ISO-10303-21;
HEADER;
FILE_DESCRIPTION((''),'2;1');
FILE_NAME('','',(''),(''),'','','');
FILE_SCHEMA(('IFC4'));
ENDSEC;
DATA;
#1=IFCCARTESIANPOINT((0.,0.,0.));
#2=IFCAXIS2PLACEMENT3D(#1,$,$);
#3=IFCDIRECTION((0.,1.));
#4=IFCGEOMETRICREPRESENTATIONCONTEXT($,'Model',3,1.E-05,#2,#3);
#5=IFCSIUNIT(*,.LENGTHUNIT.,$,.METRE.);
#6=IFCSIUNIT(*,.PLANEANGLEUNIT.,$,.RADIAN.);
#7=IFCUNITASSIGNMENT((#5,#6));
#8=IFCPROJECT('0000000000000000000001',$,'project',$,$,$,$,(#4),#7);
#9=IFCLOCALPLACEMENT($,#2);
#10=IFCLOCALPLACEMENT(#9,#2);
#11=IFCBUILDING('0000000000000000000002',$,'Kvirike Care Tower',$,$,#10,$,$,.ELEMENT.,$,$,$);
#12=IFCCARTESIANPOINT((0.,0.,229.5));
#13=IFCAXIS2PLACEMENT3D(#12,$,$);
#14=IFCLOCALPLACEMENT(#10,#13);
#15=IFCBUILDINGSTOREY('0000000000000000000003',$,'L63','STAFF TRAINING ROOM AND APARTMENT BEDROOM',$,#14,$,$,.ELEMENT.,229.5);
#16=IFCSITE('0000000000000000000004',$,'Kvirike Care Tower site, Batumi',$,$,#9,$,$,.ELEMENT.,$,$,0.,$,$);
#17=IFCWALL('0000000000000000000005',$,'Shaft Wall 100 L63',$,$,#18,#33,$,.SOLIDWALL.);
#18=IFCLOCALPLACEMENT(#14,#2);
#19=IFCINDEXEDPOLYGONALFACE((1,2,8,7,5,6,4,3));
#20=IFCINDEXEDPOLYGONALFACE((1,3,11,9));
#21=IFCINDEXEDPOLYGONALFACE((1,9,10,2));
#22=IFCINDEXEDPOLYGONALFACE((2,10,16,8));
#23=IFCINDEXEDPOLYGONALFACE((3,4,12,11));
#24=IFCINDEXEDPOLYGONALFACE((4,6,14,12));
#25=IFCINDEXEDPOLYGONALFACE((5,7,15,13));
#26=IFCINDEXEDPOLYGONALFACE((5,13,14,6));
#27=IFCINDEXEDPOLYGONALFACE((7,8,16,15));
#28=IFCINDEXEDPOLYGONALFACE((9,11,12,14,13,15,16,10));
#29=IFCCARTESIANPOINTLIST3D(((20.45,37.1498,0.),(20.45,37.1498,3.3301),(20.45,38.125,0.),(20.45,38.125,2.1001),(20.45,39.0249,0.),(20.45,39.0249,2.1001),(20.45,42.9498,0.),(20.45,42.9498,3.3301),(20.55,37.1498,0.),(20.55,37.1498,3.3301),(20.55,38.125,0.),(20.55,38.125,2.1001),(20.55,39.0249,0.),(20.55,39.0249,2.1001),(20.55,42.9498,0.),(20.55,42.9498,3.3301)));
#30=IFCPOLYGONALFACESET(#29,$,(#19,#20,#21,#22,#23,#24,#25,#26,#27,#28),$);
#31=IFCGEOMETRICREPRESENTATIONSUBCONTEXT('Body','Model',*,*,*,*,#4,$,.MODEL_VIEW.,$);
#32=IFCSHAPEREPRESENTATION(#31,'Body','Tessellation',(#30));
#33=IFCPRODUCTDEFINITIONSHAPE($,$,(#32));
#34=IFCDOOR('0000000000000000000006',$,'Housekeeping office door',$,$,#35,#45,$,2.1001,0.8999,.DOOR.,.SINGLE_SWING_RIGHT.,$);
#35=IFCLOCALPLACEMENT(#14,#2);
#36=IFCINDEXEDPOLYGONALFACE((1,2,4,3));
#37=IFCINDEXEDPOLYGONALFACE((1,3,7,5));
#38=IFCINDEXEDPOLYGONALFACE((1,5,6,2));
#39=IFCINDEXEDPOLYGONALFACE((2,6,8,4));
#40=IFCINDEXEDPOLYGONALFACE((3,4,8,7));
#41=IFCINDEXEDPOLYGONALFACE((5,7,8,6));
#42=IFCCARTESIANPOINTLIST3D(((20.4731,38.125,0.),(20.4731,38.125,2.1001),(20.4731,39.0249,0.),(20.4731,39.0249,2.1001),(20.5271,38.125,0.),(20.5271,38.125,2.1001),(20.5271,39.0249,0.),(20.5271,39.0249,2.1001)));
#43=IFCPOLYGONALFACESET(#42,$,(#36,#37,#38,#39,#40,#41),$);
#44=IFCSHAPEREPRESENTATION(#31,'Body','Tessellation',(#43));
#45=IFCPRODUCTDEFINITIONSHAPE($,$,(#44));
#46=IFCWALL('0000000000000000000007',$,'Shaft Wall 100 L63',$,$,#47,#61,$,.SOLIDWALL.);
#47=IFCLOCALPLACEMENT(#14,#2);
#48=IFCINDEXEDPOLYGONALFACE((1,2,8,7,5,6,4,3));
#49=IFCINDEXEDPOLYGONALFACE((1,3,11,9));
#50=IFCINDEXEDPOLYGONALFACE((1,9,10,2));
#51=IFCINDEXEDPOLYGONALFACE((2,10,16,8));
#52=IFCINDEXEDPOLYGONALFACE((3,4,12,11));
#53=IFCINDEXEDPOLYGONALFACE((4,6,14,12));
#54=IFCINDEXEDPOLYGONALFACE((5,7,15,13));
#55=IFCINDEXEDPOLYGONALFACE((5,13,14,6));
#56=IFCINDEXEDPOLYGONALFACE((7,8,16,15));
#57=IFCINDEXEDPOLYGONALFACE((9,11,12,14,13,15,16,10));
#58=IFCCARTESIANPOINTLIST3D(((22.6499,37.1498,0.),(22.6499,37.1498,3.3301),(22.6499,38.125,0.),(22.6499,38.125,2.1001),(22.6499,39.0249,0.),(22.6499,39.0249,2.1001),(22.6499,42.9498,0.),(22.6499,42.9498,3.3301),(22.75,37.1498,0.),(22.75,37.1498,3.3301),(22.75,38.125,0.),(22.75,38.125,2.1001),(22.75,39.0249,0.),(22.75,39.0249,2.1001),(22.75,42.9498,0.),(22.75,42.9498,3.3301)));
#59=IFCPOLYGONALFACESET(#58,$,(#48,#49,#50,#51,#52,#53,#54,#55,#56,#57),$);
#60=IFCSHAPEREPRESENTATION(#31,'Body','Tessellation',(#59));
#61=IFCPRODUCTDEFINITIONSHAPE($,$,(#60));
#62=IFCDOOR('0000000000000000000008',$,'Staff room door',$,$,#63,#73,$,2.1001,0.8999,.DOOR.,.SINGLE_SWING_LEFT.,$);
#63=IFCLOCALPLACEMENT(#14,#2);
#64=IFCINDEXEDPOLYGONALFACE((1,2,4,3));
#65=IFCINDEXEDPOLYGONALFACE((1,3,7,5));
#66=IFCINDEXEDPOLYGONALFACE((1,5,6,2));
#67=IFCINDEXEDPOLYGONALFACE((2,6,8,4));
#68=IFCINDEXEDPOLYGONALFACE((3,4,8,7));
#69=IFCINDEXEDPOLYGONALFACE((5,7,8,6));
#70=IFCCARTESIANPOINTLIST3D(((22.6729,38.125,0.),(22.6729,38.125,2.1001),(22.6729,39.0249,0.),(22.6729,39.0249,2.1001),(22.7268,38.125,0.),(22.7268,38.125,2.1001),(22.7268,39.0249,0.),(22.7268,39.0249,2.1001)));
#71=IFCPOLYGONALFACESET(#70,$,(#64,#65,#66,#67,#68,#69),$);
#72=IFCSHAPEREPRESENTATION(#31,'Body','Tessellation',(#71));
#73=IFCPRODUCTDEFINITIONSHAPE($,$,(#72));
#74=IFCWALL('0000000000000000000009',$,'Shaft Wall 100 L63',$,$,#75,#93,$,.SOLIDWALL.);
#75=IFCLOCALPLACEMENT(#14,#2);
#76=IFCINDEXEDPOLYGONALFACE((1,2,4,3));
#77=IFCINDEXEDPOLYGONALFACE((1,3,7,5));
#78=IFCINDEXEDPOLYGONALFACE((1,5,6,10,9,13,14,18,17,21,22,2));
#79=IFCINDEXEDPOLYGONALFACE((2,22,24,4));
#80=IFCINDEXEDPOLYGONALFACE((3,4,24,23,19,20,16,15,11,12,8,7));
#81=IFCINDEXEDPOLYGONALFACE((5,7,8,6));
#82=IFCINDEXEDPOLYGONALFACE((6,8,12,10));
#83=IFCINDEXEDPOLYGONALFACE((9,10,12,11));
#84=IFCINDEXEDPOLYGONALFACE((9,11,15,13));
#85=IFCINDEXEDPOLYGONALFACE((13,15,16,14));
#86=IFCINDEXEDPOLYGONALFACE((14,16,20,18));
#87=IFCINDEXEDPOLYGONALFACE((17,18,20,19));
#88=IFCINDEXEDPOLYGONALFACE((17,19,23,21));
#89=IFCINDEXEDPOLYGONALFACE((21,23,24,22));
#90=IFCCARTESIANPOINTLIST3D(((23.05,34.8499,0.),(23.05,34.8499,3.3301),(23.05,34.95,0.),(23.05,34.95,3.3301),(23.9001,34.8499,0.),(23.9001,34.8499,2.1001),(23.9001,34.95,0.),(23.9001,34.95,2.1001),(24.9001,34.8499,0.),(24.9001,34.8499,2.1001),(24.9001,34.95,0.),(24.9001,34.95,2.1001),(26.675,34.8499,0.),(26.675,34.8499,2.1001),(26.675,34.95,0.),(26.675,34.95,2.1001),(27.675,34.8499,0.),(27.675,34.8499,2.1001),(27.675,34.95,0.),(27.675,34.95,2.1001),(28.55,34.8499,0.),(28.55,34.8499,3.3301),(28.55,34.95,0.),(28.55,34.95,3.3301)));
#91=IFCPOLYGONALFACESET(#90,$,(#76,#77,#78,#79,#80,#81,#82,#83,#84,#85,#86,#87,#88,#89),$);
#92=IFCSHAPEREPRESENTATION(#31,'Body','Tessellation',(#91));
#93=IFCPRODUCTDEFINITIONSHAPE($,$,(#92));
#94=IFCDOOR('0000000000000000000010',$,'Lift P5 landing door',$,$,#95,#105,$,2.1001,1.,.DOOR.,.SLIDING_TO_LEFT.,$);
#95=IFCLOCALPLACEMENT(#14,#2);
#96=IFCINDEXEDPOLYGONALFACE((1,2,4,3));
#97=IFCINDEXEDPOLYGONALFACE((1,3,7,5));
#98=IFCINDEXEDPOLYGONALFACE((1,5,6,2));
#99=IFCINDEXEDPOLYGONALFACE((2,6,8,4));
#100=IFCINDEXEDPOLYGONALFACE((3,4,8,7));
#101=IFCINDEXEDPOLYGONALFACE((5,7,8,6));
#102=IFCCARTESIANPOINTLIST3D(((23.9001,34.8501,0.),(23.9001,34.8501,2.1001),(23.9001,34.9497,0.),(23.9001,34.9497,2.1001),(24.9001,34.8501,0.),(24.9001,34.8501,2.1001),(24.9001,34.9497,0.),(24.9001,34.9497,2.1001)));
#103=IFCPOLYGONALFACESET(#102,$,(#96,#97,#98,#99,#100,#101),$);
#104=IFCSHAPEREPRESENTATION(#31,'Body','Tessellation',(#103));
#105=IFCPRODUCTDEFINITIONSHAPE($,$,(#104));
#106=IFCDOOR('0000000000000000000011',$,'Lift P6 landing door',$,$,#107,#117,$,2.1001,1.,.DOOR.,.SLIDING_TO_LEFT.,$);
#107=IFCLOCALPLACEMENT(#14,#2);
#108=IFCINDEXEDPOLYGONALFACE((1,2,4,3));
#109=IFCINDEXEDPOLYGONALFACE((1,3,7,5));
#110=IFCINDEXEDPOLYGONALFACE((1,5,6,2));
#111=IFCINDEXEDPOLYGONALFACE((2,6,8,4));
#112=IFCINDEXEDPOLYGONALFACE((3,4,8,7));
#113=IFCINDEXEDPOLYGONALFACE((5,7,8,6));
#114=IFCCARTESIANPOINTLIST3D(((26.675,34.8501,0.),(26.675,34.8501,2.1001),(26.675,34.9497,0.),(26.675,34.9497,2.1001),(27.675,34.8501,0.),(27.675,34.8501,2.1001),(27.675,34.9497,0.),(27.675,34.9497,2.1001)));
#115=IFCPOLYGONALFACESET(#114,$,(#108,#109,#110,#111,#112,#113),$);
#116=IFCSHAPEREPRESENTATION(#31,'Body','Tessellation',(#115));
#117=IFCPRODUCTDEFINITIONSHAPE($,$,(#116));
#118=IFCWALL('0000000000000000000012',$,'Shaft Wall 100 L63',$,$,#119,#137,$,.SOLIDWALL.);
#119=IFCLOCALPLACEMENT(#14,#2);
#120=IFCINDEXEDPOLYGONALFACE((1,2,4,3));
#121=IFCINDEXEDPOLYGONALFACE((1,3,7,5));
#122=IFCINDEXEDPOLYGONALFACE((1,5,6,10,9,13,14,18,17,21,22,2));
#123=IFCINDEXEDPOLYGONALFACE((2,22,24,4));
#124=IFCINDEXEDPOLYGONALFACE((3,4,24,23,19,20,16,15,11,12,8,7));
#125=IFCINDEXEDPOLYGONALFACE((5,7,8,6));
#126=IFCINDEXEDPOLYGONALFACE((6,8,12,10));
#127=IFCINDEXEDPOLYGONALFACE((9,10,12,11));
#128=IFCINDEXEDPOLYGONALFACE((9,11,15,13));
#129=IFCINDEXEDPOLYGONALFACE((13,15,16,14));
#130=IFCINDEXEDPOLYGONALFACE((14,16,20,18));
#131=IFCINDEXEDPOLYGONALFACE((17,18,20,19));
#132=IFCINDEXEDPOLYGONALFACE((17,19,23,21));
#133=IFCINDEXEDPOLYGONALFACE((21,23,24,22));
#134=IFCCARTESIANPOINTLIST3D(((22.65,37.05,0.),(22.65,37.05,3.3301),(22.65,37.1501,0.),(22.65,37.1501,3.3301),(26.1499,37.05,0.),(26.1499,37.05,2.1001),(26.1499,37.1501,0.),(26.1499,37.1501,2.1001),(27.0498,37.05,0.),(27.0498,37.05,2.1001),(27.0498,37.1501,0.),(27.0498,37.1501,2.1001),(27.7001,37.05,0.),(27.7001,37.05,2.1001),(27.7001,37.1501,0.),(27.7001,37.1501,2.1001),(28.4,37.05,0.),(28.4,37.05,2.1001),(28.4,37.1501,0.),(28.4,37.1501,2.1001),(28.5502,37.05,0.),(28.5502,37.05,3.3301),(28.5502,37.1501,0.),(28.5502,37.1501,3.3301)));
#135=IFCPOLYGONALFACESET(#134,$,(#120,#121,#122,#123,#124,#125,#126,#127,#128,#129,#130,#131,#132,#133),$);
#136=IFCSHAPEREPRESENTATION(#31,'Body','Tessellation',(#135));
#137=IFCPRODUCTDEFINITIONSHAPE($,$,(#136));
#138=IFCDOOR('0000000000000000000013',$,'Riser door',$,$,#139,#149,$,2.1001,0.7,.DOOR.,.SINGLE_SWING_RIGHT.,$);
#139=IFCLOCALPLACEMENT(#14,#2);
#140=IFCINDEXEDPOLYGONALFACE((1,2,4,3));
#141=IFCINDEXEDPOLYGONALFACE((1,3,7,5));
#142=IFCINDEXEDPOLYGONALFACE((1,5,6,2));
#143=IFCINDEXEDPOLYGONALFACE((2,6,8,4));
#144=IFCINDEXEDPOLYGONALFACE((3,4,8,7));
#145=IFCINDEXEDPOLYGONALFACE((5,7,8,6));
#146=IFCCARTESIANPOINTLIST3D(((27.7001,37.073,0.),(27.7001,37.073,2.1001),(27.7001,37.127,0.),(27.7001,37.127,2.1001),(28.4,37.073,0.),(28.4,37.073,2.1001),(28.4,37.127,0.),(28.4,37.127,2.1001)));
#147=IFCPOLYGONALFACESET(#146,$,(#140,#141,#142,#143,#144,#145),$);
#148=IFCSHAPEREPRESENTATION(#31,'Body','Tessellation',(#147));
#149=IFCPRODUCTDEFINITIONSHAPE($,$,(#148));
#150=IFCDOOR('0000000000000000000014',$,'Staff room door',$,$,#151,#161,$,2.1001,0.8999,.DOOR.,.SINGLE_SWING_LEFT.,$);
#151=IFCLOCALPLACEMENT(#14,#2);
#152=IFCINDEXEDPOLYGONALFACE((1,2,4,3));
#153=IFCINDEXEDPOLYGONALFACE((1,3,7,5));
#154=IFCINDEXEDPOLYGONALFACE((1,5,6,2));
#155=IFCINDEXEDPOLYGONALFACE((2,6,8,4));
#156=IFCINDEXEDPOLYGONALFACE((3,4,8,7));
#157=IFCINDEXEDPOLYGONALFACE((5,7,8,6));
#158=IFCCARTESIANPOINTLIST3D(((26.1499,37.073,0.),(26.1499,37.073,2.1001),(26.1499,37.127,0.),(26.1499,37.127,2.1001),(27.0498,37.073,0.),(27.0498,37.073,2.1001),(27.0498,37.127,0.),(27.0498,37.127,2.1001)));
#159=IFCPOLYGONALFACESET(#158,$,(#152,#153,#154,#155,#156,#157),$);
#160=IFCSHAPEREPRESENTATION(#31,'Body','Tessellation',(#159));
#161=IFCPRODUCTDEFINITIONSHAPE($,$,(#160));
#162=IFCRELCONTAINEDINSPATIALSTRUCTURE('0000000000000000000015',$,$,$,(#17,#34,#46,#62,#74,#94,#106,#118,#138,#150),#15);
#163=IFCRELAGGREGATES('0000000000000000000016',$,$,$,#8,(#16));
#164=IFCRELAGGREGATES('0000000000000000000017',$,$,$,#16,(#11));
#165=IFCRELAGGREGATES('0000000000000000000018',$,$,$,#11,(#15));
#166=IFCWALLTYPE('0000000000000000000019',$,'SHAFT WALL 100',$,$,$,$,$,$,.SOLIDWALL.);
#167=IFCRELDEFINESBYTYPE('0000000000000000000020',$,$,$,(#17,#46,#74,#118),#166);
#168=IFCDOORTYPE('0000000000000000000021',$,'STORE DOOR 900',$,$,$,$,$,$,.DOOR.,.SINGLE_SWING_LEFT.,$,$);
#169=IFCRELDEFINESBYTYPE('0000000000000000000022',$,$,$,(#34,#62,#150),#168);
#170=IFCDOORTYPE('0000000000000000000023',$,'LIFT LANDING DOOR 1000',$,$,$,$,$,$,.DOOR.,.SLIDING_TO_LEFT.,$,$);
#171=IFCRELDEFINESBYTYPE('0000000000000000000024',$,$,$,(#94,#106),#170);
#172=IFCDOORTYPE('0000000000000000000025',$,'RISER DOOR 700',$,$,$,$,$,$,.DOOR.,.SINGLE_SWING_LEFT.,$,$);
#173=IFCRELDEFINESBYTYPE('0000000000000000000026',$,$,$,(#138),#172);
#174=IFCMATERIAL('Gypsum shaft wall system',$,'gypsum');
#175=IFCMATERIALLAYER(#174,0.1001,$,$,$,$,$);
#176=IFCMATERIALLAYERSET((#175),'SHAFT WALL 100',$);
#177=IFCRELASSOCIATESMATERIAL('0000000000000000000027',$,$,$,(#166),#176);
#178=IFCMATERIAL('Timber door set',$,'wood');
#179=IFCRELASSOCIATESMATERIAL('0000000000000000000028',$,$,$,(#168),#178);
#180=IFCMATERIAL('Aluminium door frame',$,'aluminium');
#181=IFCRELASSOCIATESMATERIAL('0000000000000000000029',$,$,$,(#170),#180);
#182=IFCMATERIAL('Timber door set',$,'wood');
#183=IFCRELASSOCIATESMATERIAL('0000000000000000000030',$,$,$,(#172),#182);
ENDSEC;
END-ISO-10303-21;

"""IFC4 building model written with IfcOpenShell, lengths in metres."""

from ifc_helpers import new_model, si_unit, direction, frame, frame_2d, origin, place, context, subcontext, project, spatial, rectangle, extrude, material, layer, layer_set, type_object, element, fill, save


model = new_model("IFC4")

# Units and contexts
model_context = context("Model", 3, precision=1e-05, world=origin(), true_north=direction((0.0, 1.0)))
body_context = subcontext(model_context, "Body", "Model", "MODEL_VIEW")
ifc_project = project(units=[si_unit("LENGTHUNIT", "METRE"), si_unit("PLANEANGLEUNIT", "RADIAN")], contexts=[model_context])

# Site, building, storey
site_placement = place(None, origin())
site = spatial("IfcSite", under=ifc_project, at=site_placement, Name="Kvirike Care Tower site, Batumi", CompositionType="ELEMENT", RefElevation=0.0)
building_placement = place(site_placement, origin())
building = spatial("IfcBuilding", under=site, at=building_placement, Name="Kvirike Care Tower", CompositionType="ELEMENT")
storey_placement = place(building_placement, frame((0.0, 0.0, 229.5)))
storey = spatial("IfcBuildingStorey", under=building, at=storey_placement, Name="L63", Description="STAFF TRAINING ROOM AND APARTMENT BEDROOM", CompositionType="ELEMENT", Elevation=229.5)

# Shared definitions
ifc_material_1 = material(Name="Gypsum shaft wall system", Category="gypsum")
ifc_layer_1 = layer(ifc_material_1, 0.1001)
ifc_layer_set_1 = layer_set([ifc_layer_1], Name="SHAFT WALL 100")
wall_type = type_object("IfcWallType", Name="SHAFT WALL 100", PredefinedType="SOLIDWALL", material=ifc_layer_set_1)

# Walls, openings, doors
wall_1_placement = place(storey_placement, frame((20.5, 37.1499, 0.0), z_axis=(0.0, 0.0, 1.0), x_axis=(0.0, 1.0, 0.0)))
wall_1 = element("IfcWall", 1, at=wall_1_placement, inside=storey, type_object=wall_type, Name="Shaft Wall 100 L63", PredefinedType="SOLIDWALL", context=body_context, shape_type="SweptSolid", body=[
    extrude(rectangle(XDim=5.8, YDim=0.1001, at=frame_2d((2.8999, 0.0))), origin(), (0.0, 0.0, 1.0), 3.3301),
])
opening_1_placement = place(wall_1_placement, frame((0.9751, 0.0, 0.0)))
opening_1 = element("IfcOpeningElement", 2, at=opening_1_placement, cuts=wall_1, PredefinedType="OPENING", context=body_context, shape_type="SweptSolid", body=[
    extrude(rectangle(XDim=0.8999, YDim=2.1001, at=frame_2d((0.45, 1.05))), frame((0.0, 0.0605, 0.0), z_axis=(0.0, -1.0, 0.0), x_axis=(1.0, 0.0, 0.0)), (0.0, 0.0, 1.0), 0.1211),
])
ifc_material_2 = material(Name="Timber door set", Category="wood")
door_type_1 = type_object("IfcDoorType", Name="STORE DOOR 900", OperationType="SINGLE_SWING_LEFT", PredefinedType="DOOR", material=ifc_material_2)
door_1_placement = place(opening_1_placement, origin())
door_1 = element("IfcDoor", 3, at=door_1_placement, inside=storey, type_object=door_type_1, Name="Housekeeping office door", OperationType="SINGLE_SWING_RIGHT", OverallHeight=2.1001, OverallWidth=0.8999, PredefinedType="DOOR", context=body_context, shape_type="SweptSolid", body=[
    extrude(rectangle(XDim=0.8999, YDim=2.1001, at=frame_2d((0.45, 1.05))), frame((0.0, 0.0269, 0.0), z_axis=(0.0, -1.0, 0.0), x_axis=(1.0, 0.0, 0.0)), (0.0, 0.0, 1.0), 0.054),
])
fill(opening_1, door_1)
wall_2_placement = place(storey_placement, frame((22.7, 37.1499, 0.0), z_axis=(0.0, 0.0, 1.0), x_axis=(0.0, 1.0, 0.0)))
wall_2 = element("IfcWall", 4, at=wall_2_placement, inside=storey, type_object=wall_type, Name="Shaft Wall 100 L63", PredefinedType="SOLIDWALL", context=body_context, shape_type="SweptSolid", body=[
    extrude(rectangle(XDim=5.8, YDim=0.1001, at=frame_2d((2.8999, 0.0))), origin(), (0.0, 0.0, 1.0), 3.3301),
])
opening_2_placement = place(wall_2_placement, frame((0.9751, 0.0, 0.0)))
opening_2 = element("IfcOpeningElement", 5, at=opening_2_placement, cuts=wall_2, PredefinedType="OPENING", context=body_context, shape_type="SweptSolid", body=[
    extrude(rectangle(XDim=0.8999, YDim=2.1001, at=frame_2d((0.45, 1.05))), frame((0.0, 0.0605, 0.0), z_axis=(0.0, -1.0, 0.0), x_axis=(1.0, 0.0, 0.0)), (0.0, 0.0, 1.0), 0.1211),
])
door_2_placement = place(opening_2_placement, frame((0.8999, 0.0, 0.0), z_axis=(0.0, 0.0, 1.0), x_axis=(-1.0, 0.0, 0.0)))
door_2 = element("IfcDoor", 6, at=door_2_placement, inside=storey, type_object=door_type_1, Name="Staff room door", OperationType="SINGLE_SWING_LEFT", OverallHeight=2.1001, OverallWidth=0.8999, PredefinedType="DOOR", context=body_context, shape_type="SweptSolid", body=[
    extrude(rectangle(XDim=0.8999, YDim=2.1001, at=frame_2d((0.45, 1.05))), frame((0.0, 0.0269, 0.0), z_axis=(0.0, -1.0, 0.0), x_axis=(1.0, 0.0, 0.0)), (0.0, 0.0, 1.0), 0.054),
])
fill(opening_2, door_2)

# Walls, openings, doors
wall_3_placement = place(storey_placement, frame((23.05, 34.8999, 0.0), z_axis=(0.0, 0.0, 1.0), x_axis=(1.0, 0.0, 0.0)))
wall_3 = element("IfcWall", 7, at=wall_3_placement, inside=storey, type_object=wall_type, Name="Shaft Wall 100 L63", PredefinedType="SOLIDWALL", context=body_context, shape_type="SweptSolid", body=[
    extrude(rectangle(XDim=5.5, YDim=0.1001, at=frame_2d((2.75, 0.0))), origin(), (0.0, 0.0, 1.0), 3.3301),
])
opening_3_placement = place(wall_3_placement, frame((0.8501, 0.0, 0.0)))
opening_3 = element("IfcOpeningElement", 8, at=opening_3_placement, cuts=wall_3, PredefinedType="OPENING", context=body_context, shape_type="SweptSolid", body=[
    extrude(rectangle(XDim=1.0, YDim=2.1001, at=frame_2d((0.5, 1.05))), frame((0.0, 0.0605, 0.0), z_axis=(0.0, -1.0, 0.0), x_axis=(1.0, 0.0, 0.0)), (0.0, 0.0, 1.0), 0.1211),
])
opening_4_placement = place(wall_3_placement, frame((3.625, 0.0, 0.0)))
opening_4 = element("IfcOpeningElement", 9, at=opening_4_placement, cuts=wall_3, PredefinedType="OPENING", context=body_context, shape_type="SweptSolid", body=[
    extrude(rectangle(XDim=1.0, YDim=2.1001, at=frame_2d((0.5, 1.05))), frame((0.0, 0.0605, 0.0), z_axis=(0.0, -1.0, 0.0), x_axis=(1.0, 0.0, 0.0)), (0.0, 0.0, 1.0), 0.1211),
])
ifc_material_3 = material(Name="Aluminium door frame", Category="aluminium")
door_type_2 = type_object("IfcDoorType", Name="LIFT LANDING DOOR 1000", OperationType="SLIDING_TO_LEFT", PredefinedType="DOOR", material=ifc_material_3)
door_3_placement = place(opening_3_placement, origin())
door_3 = element("IfcDoor", 10, at=door_3_placement, inside=storey, type_object=door_type_2, Name="Lift P5 landing door", OperationType="SLIDING_TO_LEFT", OverallHeight=2.1001, OverallWidth=1.0, PredefinedType="DOOR", context=body_context, shape_type="SweptSolid", body=[
    extrude(rectangle(XDim=1.0, YDim=2.1001, at=frame_2d((0.5, 1.05))), frame((0.0, 0.0498, 0.0), z_axis=(0.0, -1.0, 0.0), x_axis=(1.0, 0.0, 0.0)), (0.0, 0.0, 1.0), 0.0996),
])
fill(opening_3, door_3)
door_4_placement = place(opening_4_placement, origin())
door_4 = element("IfcDoor", 11, at=door_4_placement, inside=storey, type_object=door_type_2, Name="Lift P6 landing door", OperationType="SLIDING_TO_LEFT", OverallHeight=2.1001, OverallWidth=1.0, PredefinedType="DOOR", context=body_context, shape_type="SweptSolid", body=[
    extrude(rectangle(XDim=1.0, YDim=2.1001, at=frame_2d((0.5, 1.05))), frame((0.0, 0.0498, 0.0), z_axis=(0.0, -1.0, 0.0), x_axis=(1.0, 0.0, 0.0)), (0.0, 0.0, 1.0), 0.0996),
])
fill(opening_4, door_4)
wall_4_placement = place(storey_placement, frame((22.6499, 37.1001, 0.0), z_axis=(0.0, 0.0, 1.0), x_axis=(1.0, 0.0, 0.0)))
wall_4 = element("IfcWall", 12, at=wall_4_placement, inside=storey, type_object=wall_type, Name="Shaft Wall 100 L63", PredefinedType="SOLIDWALL", context=body_context, shape_type="SweptSolid", body=[
    extrude(rectangle(XDim=5.9001, YDim=0.1001, at=frame_2d((2.9502, 0.0))), origin(), (0.0, 0.0, 1.0), 3.3301),
])
opening_5_placement = place(wall_4_placement, frame((3.5, 0.0, 0.0)))
opening_5 = element("IfcOpeningElement", 13, at=opening_5_placement, cuts=wall_4, PredefinedType="OPENING", context=body_context, shape_type="SweptSolid", body=[
    extrude(rectangle(XDim=0.8999, YDim=2.1001, at=frame_2d((0.45, 1.05))), frame((0.0, 0.0605, 0.0), z_axis=(0.0, -1.0, 0.0), x_axis=(1.0, 0.0, 0.0)), (0.0, 0.0, 1.0), 0.1211),
])
opening_6_placement = place(wall_4_placement, frame((5.05, 0.0, 0.0)))
opening_6 = element("IfcOpeningElement", 14, at=opening_6_placement, cuts=wall_4, PredefinedType="OPENING", context=body_context, shape_type="SweptSolid", body=[
    extrude(rectangle(XDim=0.7, YDim=2.1001, at=frame_2d((0.3501, 1.05))), frame((0.0, 0.0605, 0.0), z_axis=(0.0, -1.0, 0.0), x_axis=(1.0, 0.0, 0.0)), (0.0, 0.0, 1.0), 0.1211),
])
ifc_material_4 = material(Name="Timber door set", Category="wood")
door_type_3 = type_object("IfcDoorType", Name="RISER DOOR 700", OperationType="SINGLE_SWING_LEFT", PredefinedType="DOOR", material=ifc_material_4)
door_5_placement = place(opening_6_placement, origin())
door_5 = element("IfcDoor", 15, at=door_5_placement, inside=storey, type_object=door_type_3, Name="Riser door", OperationType="SINGLE_SWING_RIGHT", OverallHeight=2.1001, OverallWidth=0.7, PredefinedType="DOOR", context=body_context, shape_type="SweptSolid", body=[
    extrude(rectangle(XDim=0.7, YDim=2.1001, at=frame_2d((0.3501, 1.05))), frame((0.0, 0.0269, 0.0), z_axis=(0.0, -1.0, 0.0), x_axis=(1.0, 0.0, 0.0)), (0.0, 0.0, 1.0), 0.054),
])
fill(opening_6, door_5)
door_6_placement = place(opening_5_placement, origin())
door_6 = element("IfcDoor", 16, at=door_6_placement, inside=storey, type_object=door_type_1, Name="Staff room door", OperationType="SINGLE_SWING_LEFT", OverallHeight=2.1001, OverallWidth=0.8999, PredefinedType="DOOR", context=body_context, shape_type="SweptSolid", body=[
    extrude(rectangle(XDim=0.8999, YDim=2.1001, at=frame_2d((0.45, 1.05))), frame((0.0, 0.0269, 0.0), z_axis=(0.0, -1.0, 0.0), x_axis=(1.0, 0.0, 0.0)), (0.0, 0.0, 1.0), 0.054),
])
fill(opening_5, door_6)

save(model, "model.ifc")
